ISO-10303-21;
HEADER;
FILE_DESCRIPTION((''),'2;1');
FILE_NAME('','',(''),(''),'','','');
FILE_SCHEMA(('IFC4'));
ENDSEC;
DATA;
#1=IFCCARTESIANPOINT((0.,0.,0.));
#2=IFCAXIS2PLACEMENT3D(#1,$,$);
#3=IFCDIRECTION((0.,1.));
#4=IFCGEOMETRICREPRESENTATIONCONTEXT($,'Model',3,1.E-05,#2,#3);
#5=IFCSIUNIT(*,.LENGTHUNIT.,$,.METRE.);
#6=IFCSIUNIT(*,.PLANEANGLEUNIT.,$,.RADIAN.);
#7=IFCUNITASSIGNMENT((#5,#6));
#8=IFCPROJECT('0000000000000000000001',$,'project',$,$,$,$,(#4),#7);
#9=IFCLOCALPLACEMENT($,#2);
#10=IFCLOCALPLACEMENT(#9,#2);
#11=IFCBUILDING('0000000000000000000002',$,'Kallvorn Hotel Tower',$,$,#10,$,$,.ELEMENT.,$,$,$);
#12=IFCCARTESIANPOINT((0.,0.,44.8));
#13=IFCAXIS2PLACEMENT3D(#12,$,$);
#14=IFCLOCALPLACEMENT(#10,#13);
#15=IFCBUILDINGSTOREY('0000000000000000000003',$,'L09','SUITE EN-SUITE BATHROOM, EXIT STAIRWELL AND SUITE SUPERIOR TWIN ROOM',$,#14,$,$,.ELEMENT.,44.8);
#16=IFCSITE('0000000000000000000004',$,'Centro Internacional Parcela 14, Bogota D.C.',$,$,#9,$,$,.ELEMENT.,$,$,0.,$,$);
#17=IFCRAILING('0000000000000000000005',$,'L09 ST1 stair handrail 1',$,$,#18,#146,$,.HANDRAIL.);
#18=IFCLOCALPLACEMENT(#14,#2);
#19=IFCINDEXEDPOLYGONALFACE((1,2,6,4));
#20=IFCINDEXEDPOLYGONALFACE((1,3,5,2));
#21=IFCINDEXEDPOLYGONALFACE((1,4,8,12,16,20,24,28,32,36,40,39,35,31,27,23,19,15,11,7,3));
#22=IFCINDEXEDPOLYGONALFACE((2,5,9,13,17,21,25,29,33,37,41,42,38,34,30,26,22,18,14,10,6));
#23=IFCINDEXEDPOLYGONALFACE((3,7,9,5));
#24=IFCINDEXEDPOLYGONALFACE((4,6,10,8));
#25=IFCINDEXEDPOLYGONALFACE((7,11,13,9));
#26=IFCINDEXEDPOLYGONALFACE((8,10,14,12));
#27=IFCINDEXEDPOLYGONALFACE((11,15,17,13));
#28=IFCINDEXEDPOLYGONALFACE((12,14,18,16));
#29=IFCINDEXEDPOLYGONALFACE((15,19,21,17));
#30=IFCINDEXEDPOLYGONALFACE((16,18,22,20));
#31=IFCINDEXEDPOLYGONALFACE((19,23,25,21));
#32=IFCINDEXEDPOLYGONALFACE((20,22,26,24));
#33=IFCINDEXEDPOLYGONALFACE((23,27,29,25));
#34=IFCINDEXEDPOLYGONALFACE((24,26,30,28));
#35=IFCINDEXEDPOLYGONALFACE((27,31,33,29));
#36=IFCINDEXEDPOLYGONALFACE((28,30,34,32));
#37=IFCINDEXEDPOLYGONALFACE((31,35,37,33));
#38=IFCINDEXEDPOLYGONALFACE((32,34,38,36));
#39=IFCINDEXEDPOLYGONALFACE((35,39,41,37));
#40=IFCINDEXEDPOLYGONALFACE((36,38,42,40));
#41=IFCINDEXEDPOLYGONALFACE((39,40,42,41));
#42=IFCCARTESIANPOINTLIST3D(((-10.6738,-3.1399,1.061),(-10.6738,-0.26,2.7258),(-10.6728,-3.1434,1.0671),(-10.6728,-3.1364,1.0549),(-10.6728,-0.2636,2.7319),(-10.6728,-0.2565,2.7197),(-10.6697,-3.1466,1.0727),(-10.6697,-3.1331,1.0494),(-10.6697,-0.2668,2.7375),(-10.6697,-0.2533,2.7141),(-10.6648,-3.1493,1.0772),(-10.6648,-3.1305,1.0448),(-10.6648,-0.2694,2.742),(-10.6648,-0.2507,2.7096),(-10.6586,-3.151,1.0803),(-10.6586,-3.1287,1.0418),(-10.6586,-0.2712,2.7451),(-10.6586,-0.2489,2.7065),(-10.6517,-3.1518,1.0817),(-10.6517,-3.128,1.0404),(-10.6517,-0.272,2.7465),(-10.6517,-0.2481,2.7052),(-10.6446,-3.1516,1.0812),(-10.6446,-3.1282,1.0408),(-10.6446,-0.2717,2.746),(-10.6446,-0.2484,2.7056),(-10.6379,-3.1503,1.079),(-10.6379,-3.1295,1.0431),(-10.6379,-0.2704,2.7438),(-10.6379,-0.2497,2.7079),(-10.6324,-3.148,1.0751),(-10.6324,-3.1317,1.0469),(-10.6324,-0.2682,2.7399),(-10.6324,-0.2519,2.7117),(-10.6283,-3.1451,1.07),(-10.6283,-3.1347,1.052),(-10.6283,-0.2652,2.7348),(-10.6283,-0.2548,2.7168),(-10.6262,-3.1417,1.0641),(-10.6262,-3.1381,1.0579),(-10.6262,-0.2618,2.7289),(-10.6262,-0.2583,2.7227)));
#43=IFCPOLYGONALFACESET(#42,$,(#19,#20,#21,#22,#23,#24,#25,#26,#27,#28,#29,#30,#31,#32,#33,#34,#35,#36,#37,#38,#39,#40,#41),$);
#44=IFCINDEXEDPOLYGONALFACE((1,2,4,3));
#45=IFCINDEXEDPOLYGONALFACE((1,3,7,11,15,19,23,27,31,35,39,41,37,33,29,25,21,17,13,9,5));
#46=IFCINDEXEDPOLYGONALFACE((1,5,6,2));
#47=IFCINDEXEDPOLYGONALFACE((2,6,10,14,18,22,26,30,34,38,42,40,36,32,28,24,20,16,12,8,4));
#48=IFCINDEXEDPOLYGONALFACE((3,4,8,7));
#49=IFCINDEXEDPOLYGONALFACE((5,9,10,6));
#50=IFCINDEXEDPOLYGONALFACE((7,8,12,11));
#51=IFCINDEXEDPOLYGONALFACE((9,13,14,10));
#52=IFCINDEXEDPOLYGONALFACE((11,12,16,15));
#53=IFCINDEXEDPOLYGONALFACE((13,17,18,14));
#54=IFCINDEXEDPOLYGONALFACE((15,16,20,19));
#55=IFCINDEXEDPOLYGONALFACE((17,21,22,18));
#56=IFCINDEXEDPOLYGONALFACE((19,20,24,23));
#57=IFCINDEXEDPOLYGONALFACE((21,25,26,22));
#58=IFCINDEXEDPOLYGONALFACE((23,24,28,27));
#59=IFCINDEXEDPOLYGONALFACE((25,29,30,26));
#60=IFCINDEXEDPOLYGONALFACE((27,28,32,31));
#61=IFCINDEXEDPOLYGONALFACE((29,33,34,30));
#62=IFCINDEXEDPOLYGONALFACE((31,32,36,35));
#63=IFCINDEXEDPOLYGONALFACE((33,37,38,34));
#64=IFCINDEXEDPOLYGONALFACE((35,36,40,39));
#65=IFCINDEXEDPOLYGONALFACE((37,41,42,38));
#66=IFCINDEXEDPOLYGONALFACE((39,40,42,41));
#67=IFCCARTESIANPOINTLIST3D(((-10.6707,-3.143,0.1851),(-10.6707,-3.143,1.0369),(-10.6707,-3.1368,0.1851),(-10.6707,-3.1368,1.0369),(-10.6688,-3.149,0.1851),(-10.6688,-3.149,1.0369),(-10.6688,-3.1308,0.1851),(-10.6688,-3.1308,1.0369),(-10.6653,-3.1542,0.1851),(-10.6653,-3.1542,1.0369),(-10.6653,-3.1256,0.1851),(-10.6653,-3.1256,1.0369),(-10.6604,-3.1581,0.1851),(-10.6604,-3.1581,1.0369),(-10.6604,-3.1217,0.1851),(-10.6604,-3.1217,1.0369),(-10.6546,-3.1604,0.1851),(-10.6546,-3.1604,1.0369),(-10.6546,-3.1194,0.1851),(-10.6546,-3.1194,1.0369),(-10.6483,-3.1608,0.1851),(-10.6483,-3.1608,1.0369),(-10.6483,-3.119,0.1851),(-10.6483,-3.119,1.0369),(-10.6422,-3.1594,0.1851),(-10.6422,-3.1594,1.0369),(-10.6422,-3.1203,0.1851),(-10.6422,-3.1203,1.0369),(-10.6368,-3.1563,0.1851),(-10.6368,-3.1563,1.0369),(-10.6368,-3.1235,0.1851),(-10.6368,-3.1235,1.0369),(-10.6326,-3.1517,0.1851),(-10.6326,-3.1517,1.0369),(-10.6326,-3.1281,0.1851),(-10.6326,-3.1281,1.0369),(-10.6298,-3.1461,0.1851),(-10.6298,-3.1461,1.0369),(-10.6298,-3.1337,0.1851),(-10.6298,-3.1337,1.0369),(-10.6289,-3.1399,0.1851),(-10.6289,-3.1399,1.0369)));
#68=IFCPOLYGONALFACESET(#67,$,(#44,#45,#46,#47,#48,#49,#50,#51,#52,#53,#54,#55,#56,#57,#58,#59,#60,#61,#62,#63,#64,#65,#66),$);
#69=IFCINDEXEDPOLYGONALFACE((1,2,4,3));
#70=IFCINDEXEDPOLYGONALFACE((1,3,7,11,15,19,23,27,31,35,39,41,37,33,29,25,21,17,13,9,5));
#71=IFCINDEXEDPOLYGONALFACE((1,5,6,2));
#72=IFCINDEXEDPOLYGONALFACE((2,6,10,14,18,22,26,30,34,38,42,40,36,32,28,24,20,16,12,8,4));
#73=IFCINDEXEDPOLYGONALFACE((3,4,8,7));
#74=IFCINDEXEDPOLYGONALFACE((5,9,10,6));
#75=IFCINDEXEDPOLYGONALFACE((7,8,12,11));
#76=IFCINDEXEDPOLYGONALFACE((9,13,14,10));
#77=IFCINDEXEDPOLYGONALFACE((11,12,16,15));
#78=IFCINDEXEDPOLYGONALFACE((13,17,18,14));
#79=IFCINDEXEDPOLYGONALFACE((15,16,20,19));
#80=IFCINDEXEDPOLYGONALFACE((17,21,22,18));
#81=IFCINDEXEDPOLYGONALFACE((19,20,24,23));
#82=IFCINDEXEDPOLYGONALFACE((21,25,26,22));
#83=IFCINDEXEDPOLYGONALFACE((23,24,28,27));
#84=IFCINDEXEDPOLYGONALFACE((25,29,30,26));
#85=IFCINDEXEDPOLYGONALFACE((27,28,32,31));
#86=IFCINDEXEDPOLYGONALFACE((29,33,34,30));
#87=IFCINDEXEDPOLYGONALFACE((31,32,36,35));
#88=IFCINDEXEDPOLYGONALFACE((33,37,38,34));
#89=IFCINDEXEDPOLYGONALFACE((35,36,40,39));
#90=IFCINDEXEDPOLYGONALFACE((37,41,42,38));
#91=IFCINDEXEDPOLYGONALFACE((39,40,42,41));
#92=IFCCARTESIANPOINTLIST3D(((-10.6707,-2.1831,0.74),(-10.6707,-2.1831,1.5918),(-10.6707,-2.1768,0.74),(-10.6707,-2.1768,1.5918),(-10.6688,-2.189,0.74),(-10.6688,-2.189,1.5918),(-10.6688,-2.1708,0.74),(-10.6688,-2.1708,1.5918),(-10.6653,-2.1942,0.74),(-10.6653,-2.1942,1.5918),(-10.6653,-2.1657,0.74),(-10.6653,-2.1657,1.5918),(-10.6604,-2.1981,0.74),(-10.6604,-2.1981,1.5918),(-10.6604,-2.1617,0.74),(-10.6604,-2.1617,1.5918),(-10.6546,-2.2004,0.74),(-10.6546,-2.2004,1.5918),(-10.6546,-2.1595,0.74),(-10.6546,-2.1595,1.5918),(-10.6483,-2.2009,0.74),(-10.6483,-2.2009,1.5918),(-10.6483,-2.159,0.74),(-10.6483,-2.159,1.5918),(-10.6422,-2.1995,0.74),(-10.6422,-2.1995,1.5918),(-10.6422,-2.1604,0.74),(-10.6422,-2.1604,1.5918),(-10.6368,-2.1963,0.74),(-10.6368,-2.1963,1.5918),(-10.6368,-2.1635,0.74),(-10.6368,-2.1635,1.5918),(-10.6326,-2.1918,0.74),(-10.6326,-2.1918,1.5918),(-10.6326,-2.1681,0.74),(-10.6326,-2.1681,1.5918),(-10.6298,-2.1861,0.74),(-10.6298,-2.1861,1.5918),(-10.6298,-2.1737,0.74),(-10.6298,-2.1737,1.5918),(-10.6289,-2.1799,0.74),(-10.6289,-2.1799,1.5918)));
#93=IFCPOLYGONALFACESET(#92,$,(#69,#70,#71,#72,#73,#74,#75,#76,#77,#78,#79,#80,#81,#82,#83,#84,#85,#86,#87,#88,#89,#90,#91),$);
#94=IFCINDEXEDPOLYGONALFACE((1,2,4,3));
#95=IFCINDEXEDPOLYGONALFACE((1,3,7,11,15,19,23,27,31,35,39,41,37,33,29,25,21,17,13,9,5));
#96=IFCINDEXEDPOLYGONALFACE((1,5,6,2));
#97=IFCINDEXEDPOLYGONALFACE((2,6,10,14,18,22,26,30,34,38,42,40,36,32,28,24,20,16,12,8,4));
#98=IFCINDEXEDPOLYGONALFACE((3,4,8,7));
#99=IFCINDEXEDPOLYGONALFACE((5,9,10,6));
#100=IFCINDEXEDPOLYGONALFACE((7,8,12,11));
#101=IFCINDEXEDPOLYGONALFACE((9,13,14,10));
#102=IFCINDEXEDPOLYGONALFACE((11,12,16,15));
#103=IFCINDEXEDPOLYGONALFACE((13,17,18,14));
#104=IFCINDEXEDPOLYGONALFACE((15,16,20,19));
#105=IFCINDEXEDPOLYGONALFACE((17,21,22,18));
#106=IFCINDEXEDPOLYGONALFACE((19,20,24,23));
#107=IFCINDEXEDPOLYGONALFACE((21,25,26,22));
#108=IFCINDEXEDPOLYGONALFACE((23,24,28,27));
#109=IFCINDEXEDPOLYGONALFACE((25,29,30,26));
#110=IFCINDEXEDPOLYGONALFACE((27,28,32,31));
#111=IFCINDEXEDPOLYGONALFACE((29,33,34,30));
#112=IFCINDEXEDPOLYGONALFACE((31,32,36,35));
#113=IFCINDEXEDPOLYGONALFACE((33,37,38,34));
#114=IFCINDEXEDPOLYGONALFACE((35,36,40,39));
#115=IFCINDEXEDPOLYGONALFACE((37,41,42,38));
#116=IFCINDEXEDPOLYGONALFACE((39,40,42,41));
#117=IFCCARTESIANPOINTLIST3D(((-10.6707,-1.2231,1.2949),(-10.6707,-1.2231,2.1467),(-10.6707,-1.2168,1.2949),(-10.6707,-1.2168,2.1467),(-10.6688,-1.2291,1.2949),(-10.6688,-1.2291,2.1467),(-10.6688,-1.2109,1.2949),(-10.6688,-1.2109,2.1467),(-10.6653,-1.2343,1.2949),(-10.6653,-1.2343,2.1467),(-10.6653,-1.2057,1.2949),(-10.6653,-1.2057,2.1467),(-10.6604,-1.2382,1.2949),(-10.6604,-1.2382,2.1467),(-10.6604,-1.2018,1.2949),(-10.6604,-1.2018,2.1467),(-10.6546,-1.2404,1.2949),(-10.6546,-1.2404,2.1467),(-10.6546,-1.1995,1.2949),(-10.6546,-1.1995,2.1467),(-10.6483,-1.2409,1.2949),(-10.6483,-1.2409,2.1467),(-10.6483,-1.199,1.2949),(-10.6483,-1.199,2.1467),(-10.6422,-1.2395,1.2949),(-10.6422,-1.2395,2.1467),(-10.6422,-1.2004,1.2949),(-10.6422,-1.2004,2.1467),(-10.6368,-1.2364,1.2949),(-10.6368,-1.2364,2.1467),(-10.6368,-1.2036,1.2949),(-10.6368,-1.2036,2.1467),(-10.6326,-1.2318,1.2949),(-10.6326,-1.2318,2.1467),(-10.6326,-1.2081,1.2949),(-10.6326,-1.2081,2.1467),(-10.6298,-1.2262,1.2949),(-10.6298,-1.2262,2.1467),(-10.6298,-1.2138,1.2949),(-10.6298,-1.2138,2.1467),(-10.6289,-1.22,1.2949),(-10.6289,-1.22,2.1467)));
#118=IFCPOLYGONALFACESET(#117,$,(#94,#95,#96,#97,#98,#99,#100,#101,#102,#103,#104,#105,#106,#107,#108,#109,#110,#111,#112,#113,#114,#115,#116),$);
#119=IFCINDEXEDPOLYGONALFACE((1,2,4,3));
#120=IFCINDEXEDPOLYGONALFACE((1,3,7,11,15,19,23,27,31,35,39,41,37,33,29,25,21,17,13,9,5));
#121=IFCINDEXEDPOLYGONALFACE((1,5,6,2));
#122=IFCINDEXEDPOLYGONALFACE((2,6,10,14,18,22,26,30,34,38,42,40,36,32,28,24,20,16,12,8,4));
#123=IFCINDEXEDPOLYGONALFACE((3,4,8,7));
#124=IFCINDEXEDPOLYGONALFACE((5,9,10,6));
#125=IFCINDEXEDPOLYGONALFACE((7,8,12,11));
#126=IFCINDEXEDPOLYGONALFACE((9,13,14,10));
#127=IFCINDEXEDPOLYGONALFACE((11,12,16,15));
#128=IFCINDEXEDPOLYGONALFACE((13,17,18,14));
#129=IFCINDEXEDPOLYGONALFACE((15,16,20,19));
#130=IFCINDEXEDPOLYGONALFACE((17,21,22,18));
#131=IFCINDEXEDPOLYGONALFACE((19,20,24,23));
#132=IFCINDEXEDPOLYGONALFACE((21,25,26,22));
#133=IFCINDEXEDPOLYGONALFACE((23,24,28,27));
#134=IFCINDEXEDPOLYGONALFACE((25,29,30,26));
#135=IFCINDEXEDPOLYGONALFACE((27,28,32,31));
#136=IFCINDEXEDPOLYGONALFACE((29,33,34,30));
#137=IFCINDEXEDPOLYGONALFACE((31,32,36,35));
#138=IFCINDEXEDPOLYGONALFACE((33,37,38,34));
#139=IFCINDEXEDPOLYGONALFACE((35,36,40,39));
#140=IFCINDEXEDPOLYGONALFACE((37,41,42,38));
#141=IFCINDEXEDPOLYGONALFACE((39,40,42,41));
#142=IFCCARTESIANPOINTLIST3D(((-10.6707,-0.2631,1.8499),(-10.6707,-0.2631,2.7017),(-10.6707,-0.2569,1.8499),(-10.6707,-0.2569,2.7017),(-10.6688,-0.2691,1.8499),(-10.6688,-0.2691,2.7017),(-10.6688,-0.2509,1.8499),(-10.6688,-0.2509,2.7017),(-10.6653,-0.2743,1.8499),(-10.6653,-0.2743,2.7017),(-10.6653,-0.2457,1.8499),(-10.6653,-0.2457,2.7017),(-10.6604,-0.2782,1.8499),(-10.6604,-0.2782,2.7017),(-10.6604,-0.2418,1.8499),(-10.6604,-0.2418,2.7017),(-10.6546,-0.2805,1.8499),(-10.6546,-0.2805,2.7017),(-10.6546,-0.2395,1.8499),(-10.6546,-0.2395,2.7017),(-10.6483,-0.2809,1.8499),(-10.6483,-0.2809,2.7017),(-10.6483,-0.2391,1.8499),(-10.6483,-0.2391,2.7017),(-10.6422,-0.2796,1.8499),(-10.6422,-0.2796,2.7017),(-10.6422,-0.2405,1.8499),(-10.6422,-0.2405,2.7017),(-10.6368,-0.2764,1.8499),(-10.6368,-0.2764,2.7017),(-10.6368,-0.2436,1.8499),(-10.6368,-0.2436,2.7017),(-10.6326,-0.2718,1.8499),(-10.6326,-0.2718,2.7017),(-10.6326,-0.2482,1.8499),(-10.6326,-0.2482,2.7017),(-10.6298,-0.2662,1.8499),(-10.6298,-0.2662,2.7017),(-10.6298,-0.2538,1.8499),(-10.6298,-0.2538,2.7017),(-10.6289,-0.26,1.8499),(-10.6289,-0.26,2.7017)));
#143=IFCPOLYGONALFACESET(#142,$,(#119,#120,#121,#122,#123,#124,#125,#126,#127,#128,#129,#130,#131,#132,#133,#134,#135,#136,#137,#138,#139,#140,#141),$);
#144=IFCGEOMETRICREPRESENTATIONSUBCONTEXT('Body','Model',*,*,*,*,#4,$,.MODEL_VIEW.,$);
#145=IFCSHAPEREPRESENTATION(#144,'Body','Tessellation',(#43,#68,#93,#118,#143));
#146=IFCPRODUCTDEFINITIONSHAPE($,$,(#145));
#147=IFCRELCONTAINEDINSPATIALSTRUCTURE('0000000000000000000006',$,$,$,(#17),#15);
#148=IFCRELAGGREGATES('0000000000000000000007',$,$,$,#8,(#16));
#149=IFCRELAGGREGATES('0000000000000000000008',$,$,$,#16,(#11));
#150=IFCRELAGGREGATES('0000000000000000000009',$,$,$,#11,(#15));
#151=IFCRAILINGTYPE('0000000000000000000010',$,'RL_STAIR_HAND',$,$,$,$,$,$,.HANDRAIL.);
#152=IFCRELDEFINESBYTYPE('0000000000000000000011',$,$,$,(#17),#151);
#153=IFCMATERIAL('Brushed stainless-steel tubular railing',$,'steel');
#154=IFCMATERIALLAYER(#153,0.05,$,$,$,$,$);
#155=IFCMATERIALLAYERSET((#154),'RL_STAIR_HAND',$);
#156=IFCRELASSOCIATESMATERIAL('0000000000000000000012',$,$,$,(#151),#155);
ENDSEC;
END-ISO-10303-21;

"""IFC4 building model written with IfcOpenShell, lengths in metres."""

from ifc_helpers import new_model, si_unit, direction, frame, origin, origin_2d, place, context, subcontext, project, spatial, circle, extrude, material, layer, layer_set, type_object, element, save


model = new_model("IFC4")

# Units and contexts
model_context = context("Model", 3, precision=1e-05, world=origin(), true_north=direction((0.0, 1.0)))
body_context = subcontext(model_context, "Body", "Model", "MODEL_VIEW")
ifc_project = project(units=[si_unit("LENGTHUNIT", "METRE"), si_unit("PLANEANGLEUNIT", "RADIAN")], contexts=[model_context])

# Site, building, storey
site_placement = place(None, origin())
site = spatial("IfcSite", under=ifc_project, at=site_placement, Name="Centro Internacional Parcela 14, Bogota D.C.", CompositionType="ELEMENT", RefElevation=0.0)
building_placement = place(site_placement, origin())
building = spatial("IfcBuilding", under=site, at=building_placement, Name="Kallvorn Hotel Tower", CompositionType="ELEMENT")
storey_placement = place(building_placement, frame((0.0, 0.0, 44.8)))
storey = spatial("IfcBuildingStorey", under=building, at=storey_placement, Name="L09", Description="SUITE EN-SUITE BATHROOM, EXIT STAIRWELL AND SUITE SUPERIOR TWIN ROOM", CompositionType="ELEMENT", Elevation=44.8)

# Railing
ifc_material_1 = material(Name="Brushed stainless-steel tubular railing", Category="steel")
ifc_layer_1 = layer(ifc_material_1, 0.05)
ifc_layer_set_1 = layer_set([ifc_layer_1], Name="RL_STAIR_HAND")
railing_type_1 = type_object("IfcRailingType", Name="RL_STAIR_HAND", PredefinedType="HANDRAIL", material=ifc_layer_set_1)
railing_1_placement = place(storey_placement, frame((-10.6499, -3.1399, 0.1851)))
element("IfcRailing", 1, at=railing_1_placement, inside=storey, type_object=railing_type_1, Name="L09 ST1 stair handrail 1", PredefinedType="HANDRAIL", context=body_context, shape_type="SweptSolid", body=[
    extrude(circle(Radius=0.0239, at=origin_2d()), frame((0.0, 0.0, 0.876), z_axis=(0.0, 0.865753, 0.500472), x_axis=(-1.0, 0.0, 0.0)), (0.0, 0.0, 1.0), 3.3264),
    extrude(circle(Radius=0.021, at=origin_2d()), origin(), (0.0, 0.0, 1.0), 0.8518),
    extrude(circle(Radius=0.021, at=origin_2d()), frame((0.0, 0.96, 0.5549)), (0.0, 0.0, 1.0), 0.8518),
    extrude(circle(Radius=0.021, at=origin_2d()), frame((0.0, 1.9199, 1.1099)), (0.0, 0.0, 1.0), 0.8518),
    extrude(circle(Radius=0.021, at=origin_2d()), frame((0.0, 2.8799, 1.6648)), (0.0, 0.0, 1.0), 0.8518),
])

save(model, "model.ifc")
